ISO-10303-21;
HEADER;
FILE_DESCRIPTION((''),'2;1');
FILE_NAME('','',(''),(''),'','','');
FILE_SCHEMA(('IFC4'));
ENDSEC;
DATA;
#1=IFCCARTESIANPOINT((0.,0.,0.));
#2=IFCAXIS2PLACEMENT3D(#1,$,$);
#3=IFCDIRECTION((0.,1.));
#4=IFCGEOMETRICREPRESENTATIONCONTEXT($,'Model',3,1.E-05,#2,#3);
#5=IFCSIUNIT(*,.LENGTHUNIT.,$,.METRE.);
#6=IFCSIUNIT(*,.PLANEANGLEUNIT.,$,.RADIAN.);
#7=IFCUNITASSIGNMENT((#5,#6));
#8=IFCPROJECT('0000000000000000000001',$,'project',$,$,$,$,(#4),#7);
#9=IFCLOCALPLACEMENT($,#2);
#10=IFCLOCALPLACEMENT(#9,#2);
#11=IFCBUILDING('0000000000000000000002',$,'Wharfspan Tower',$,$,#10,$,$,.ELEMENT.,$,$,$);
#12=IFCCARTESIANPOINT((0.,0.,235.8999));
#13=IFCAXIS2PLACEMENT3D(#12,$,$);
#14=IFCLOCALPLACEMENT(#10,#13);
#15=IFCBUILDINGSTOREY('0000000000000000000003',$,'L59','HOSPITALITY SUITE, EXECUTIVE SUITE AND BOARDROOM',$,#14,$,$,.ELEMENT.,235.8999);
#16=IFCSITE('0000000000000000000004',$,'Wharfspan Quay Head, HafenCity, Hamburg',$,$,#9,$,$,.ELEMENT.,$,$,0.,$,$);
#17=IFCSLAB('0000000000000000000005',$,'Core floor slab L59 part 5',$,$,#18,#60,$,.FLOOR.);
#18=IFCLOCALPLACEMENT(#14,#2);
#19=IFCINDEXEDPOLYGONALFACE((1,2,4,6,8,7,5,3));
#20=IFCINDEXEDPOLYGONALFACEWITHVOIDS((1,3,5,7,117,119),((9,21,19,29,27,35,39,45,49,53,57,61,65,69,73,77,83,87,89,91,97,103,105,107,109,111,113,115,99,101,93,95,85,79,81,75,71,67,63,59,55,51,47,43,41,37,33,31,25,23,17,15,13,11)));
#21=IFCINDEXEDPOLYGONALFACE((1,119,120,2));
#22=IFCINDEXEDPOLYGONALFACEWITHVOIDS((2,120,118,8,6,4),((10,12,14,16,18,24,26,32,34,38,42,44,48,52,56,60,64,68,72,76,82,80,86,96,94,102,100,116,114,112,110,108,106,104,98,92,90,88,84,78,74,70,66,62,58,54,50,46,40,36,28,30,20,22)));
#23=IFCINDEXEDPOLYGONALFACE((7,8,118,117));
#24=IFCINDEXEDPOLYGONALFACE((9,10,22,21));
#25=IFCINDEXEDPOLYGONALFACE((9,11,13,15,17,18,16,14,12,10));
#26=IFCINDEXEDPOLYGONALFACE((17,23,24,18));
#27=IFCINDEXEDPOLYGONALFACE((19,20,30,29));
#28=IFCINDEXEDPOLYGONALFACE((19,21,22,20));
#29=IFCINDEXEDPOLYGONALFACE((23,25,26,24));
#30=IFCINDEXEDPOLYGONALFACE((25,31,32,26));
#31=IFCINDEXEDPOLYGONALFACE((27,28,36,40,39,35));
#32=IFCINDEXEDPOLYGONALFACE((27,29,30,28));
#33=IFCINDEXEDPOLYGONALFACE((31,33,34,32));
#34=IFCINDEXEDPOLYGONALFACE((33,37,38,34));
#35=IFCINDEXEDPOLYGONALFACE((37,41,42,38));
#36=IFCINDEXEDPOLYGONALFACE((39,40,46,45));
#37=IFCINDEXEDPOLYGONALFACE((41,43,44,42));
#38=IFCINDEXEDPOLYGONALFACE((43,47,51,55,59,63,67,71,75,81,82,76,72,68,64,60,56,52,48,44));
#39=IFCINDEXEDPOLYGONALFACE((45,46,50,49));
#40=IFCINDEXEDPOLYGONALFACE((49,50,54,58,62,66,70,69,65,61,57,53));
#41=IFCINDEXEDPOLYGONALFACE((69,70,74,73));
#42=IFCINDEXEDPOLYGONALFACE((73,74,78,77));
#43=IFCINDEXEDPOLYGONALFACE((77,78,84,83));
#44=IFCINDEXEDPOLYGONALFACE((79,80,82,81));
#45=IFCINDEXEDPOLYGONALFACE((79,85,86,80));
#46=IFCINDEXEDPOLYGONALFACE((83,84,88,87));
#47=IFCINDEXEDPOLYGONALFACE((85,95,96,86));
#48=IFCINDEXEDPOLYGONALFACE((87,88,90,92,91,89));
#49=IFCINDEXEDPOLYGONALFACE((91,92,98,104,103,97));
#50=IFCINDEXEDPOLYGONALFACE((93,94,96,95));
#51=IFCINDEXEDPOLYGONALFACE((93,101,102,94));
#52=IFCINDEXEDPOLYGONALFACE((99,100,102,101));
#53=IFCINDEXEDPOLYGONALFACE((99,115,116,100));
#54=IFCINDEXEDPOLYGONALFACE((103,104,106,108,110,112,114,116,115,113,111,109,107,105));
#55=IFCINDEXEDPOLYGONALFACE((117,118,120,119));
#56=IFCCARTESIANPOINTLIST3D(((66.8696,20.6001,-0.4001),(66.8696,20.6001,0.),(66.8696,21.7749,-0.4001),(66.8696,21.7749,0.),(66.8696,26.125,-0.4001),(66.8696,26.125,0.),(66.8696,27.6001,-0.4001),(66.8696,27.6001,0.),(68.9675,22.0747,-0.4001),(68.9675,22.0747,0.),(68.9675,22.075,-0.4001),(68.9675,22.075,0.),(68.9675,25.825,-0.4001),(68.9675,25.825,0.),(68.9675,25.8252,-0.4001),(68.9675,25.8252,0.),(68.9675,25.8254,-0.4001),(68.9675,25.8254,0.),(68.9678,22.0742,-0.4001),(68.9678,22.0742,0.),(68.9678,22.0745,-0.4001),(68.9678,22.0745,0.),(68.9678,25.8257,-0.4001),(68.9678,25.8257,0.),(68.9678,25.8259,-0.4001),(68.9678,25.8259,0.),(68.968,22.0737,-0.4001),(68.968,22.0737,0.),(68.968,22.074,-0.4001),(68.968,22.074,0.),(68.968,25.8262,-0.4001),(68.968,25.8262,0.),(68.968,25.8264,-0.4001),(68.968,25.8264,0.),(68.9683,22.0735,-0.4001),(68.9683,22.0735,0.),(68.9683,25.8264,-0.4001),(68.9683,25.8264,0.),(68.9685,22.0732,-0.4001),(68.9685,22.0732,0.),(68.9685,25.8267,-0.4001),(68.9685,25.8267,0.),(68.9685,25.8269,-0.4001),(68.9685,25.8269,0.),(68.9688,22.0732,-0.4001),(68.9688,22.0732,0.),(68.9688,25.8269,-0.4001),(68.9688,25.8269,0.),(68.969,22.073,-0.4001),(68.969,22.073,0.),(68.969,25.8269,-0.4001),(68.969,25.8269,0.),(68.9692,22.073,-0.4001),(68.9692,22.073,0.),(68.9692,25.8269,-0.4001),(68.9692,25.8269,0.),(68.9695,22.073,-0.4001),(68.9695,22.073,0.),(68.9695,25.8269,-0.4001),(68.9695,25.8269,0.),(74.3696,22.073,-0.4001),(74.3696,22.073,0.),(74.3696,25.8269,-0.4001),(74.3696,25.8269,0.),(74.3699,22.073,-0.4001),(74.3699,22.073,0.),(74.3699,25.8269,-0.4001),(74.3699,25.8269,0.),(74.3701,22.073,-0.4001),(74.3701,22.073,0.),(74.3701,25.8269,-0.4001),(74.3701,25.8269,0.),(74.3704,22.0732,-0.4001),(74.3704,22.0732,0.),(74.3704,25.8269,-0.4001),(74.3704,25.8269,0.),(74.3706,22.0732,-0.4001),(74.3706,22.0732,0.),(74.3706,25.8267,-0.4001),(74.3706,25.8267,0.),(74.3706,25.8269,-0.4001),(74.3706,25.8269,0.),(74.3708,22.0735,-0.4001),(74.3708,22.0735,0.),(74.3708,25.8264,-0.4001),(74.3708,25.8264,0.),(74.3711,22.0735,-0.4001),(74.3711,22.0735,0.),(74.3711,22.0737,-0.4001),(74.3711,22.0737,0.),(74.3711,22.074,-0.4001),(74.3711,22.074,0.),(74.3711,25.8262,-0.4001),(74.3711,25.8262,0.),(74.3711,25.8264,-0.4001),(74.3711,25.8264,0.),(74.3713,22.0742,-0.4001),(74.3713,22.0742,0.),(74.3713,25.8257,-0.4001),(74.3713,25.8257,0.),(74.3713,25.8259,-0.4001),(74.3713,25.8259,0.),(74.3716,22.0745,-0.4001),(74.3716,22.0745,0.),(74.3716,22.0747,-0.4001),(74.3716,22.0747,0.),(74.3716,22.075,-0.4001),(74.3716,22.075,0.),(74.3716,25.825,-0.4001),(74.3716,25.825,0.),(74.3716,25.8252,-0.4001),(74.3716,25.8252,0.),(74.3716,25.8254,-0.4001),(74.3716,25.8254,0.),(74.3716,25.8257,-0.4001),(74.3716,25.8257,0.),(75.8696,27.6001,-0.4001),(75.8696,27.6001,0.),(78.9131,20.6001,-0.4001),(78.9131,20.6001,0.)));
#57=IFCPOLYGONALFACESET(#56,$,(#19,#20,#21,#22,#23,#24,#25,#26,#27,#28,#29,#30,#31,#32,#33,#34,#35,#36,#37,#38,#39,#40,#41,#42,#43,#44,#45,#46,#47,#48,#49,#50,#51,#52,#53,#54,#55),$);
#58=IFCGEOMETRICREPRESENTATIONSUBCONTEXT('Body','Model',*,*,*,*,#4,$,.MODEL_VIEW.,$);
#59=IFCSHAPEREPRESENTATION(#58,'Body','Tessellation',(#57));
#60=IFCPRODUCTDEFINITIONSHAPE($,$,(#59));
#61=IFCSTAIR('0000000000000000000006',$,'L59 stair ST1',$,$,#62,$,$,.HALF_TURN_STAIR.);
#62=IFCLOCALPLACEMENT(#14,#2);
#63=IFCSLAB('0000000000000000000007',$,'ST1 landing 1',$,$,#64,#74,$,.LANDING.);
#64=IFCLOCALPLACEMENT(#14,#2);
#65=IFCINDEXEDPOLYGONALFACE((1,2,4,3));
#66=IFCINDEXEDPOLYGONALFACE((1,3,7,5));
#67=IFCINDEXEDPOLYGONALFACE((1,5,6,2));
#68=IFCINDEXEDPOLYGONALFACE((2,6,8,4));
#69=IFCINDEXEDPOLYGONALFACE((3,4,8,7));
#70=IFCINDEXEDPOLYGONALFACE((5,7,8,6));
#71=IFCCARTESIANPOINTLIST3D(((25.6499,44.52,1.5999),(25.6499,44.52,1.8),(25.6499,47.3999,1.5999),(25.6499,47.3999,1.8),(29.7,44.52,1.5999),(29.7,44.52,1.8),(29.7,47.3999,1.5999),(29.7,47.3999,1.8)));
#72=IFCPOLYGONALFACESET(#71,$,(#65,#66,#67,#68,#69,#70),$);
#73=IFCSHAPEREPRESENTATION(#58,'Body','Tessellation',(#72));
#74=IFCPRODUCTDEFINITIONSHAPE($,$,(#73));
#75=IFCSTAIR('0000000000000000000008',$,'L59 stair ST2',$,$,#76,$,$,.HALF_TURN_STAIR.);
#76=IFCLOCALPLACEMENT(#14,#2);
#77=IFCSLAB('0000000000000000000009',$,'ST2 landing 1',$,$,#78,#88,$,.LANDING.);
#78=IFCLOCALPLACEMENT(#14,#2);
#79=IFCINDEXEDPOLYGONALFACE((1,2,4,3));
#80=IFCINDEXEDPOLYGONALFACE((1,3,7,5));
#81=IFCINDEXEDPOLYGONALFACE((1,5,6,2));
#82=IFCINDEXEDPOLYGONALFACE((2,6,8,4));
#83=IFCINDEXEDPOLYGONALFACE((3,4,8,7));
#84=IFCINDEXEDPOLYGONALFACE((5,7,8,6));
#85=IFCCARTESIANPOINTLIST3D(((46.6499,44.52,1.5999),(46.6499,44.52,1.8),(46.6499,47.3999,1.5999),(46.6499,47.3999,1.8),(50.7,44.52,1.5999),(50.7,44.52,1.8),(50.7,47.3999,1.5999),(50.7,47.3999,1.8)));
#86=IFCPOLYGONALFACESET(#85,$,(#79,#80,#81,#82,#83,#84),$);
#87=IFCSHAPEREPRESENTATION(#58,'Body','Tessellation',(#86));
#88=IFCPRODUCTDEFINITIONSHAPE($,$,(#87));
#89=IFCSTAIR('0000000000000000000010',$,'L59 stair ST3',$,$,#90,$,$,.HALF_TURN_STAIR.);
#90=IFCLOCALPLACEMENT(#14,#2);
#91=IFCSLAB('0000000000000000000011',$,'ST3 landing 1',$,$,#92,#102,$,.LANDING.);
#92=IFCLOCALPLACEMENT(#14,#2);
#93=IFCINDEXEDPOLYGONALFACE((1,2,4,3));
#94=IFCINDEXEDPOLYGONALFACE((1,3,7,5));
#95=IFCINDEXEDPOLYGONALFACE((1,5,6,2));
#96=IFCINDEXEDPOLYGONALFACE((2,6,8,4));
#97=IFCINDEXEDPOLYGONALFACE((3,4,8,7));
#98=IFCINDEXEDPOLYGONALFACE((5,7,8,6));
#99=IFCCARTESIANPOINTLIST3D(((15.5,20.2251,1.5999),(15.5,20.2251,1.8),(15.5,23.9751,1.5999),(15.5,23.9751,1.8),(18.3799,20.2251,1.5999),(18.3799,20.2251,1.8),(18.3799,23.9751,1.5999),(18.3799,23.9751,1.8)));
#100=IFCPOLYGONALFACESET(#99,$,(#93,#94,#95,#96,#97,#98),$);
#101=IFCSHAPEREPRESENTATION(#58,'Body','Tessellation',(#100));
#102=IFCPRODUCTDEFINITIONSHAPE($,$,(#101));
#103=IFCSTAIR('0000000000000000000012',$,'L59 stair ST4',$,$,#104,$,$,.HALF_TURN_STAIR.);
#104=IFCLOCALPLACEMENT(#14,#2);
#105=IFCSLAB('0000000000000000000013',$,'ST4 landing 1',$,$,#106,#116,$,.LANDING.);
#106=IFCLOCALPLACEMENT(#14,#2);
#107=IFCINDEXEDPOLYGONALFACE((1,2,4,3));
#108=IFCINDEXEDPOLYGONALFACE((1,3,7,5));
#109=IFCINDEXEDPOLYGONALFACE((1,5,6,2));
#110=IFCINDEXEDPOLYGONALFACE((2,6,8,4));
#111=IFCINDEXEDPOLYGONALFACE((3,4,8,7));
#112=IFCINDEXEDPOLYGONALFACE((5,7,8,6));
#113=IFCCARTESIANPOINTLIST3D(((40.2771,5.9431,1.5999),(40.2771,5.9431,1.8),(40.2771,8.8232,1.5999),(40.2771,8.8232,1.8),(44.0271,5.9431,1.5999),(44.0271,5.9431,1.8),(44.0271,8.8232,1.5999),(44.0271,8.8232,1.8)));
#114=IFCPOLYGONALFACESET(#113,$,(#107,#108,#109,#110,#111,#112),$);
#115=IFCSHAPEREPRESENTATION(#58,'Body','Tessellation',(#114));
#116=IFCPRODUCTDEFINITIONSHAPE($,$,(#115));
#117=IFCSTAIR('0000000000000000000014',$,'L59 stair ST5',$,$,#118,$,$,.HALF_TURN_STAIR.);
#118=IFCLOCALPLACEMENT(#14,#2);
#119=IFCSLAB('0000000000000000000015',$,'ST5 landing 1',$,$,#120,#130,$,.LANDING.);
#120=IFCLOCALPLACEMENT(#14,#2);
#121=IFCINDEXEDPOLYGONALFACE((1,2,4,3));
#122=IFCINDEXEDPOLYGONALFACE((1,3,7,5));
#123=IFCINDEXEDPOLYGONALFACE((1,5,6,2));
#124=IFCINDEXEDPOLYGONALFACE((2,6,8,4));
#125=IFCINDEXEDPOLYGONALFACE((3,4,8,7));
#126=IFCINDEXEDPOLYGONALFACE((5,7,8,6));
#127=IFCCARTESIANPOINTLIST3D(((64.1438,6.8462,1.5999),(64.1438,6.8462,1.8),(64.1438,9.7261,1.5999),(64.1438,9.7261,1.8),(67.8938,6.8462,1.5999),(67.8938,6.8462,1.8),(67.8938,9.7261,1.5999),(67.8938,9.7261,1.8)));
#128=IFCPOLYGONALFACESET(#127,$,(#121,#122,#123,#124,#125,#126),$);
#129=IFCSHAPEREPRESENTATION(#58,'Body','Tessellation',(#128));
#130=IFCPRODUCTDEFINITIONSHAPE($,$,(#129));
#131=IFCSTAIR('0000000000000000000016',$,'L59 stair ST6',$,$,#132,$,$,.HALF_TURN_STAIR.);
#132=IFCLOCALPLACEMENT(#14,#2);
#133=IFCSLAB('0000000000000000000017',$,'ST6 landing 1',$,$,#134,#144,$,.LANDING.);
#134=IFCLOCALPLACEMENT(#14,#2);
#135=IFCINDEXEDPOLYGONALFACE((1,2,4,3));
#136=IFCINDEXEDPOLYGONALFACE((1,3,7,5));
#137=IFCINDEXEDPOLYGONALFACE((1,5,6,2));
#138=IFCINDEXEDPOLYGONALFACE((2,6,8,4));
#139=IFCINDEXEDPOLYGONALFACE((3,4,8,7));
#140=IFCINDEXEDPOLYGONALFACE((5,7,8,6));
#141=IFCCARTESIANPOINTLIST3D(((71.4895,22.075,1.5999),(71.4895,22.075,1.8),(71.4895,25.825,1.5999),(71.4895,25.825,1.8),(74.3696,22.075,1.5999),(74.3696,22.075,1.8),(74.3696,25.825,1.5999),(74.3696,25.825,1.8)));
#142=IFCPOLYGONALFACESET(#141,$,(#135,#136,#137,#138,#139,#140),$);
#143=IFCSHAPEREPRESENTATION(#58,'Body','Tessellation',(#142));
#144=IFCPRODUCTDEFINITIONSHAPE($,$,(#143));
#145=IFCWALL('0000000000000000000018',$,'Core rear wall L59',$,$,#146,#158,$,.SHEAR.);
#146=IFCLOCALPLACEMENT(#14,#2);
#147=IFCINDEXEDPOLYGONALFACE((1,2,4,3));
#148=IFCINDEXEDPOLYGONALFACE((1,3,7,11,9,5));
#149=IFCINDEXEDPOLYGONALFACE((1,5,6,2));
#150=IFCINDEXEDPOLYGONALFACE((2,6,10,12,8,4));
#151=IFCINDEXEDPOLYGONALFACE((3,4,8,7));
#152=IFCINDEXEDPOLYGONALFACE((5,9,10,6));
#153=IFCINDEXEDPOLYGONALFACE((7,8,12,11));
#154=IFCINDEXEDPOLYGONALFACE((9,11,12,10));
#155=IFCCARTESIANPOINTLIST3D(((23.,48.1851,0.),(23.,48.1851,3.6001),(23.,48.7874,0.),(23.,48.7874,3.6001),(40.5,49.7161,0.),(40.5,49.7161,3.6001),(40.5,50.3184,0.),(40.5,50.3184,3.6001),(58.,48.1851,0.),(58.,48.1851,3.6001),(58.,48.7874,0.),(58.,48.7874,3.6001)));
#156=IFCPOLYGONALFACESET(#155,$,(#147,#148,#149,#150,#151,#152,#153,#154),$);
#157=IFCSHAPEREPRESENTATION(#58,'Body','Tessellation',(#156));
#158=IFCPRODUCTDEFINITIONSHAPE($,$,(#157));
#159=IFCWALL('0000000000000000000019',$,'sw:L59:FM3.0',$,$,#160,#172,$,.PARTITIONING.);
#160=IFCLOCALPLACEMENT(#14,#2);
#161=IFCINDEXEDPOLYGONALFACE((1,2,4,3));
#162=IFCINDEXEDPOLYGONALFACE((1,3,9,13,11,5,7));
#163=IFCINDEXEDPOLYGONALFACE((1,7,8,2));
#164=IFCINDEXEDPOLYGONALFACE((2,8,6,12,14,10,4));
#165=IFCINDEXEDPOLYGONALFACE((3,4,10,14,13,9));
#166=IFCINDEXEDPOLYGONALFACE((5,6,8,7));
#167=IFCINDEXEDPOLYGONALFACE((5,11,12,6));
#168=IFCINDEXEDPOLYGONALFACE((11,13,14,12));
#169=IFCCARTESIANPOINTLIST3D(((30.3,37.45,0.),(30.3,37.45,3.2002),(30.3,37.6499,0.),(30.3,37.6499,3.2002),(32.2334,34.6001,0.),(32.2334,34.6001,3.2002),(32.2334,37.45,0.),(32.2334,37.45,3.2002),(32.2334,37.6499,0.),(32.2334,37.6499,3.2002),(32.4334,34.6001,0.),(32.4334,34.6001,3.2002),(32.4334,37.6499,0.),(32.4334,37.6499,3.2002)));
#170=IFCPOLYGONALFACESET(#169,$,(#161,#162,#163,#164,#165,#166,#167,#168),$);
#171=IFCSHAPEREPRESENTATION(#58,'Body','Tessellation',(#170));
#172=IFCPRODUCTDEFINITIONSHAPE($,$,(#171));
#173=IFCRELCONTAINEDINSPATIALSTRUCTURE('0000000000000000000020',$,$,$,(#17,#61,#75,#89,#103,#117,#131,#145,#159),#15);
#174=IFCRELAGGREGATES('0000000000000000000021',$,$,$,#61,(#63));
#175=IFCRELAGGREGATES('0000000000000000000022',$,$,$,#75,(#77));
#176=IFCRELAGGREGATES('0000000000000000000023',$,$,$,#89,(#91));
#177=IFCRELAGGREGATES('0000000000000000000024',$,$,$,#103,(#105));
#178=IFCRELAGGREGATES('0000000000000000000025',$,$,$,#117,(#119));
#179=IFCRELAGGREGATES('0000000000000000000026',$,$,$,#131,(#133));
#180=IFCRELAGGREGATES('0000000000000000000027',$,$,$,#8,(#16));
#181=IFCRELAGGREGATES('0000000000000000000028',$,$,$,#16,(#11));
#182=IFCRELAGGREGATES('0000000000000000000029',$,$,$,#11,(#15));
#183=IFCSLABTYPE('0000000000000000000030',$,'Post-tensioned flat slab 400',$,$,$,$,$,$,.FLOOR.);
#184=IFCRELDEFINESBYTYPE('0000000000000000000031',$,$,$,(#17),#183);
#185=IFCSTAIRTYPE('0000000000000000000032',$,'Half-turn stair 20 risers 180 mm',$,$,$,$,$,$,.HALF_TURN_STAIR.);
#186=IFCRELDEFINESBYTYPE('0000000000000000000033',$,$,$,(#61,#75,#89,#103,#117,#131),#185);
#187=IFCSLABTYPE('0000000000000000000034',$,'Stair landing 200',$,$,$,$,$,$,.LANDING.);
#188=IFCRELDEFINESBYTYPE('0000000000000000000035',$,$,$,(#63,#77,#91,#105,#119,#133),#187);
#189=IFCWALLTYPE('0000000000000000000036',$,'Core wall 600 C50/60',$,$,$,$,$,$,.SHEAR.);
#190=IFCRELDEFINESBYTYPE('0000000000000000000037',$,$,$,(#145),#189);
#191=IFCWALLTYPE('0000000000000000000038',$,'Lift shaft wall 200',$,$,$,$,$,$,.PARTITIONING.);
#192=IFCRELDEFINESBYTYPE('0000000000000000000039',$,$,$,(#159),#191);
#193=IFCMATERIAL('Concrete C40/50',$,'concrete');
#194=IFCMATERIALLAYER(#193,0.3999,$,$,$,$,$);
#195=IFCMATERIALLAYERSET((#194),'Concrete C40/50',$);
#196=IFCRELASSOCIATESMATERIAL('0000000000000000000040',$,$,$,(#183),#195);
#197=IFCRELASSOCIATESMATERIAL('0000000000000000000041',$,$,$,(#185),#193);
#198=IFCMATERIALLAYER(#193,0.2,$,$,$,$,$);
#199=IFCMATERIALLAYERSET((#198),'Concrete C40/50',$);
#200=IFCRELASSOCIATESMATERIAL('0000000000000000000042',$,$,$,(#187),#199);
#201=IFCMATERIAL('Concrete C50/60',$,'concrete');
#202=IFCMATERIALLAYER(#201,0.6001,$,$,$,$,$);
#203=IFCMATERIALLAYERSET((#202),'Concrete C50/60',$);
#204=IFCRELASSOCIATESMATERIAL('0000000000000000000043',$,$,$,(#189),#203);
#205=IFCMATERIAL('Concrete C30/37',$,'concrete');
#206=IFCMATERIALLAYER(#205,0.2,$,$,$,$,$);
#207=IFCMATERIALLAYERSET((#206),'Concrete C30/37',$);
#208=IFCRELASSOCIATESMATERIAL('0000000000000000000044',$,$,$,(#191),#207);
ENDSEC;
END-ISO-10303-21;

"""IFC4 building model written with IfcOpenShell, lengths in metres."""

from ifc_helpers import new_model, si_unit, direction, frame, origin, place, context, subcontext, project, spatial, polyline, outline, extrude, material, layer, layer_set, type_object, element, aggregate, save


model = new_model("IFC4")

# Units and contexts
model_context = context("Model", 3, precision=1e-05, world=origin(), true_north=direction((0.0, 1.0)))
body_context = subcontext(model_context, "Body", "Model", "MODEL_VIEW")
ifc_project = project(units=[si_unit("LENGTHUNIT", "METRE"), si_unit("PLANEANGLEUNIT", "RADIAN")], contexts=[model_context])

# Site, building, storey
site_placement = place(None, origin())
site = spatial("IfcSite", under=ifc_project, at=site_placement, Name="Wharfspan Quay Head, HafenCity, Hamburg", CompositionType="ELEMENT", RefElevation=0.0)
building_placement = place(site_placement, origin())
building = spatial("IfcBuilding", under=site, at=building_placement, Name="Wharfspan Tower", CompositionType="ELEMENT")
storey_placement = place(building_placement, frame((0.0, 0.0, 235.8999)))
storey = spatial("IfcBuildingStorey", under=building, at=storey_placement, Name="L59", Description="HOSPITALITY SUITE, EXECUTIVE SUITE AND BOARDROOM", CompositionType="ELEMENT", Elevation=235.8999)

# Slab
ifc_material_1 = material(Name="Concrete C40/50", Category="concrete")
ifc_layer_1 = layer(ifc_material_1, 0.3999)
ifc_layer_set_1 = layer_set([ifc_layer_1], Name="Concrete C40/50")
slab_type_1 = type_object("IfcSlabType", Name="Post-tensioned flat slab 400", PredefinedType="FLOOR", material=ifc_layer_set_1)
slab_1_placement = place(storey_placement, frame((0.0, 0.0, -0.4001)))
element("IfcSlab", 1, at=slab_1_placement, inside=storey, type_object=slab_type_1, Name="Core floor slab L59 part 5", PredefinedType="FLOOR", context=body_context, shape_type="SweptSolid", body=[
    extrude(outline(polyline([(75.8696, 27.6001), (66.8696, 27.6001), (66.8696, 26.125), (66.8696, 21.7749), (66.8696, 20.6001), (78.9131, 20.6001), (75.8696, 27.6001)]), holes=[polyline([(68.9675, 25.825), (68.9675, 25.8252), (68.9675, 25.8254), (68.9678, 25.8257), (68.9678, 25.8257), (68.9678, 25.8259), (68.968, 25.8262), (68.968, 25.8264), (68.9683, 25.8264), (68.9683, 25.8264), (68.9685, 25.8267), (68.9685, 25.8269), (68.9688, 25.8269), (68.969, 25.8269), (68.9692, 25.8269), (68.9695, 25.8269), (68.9695, 25.8269), (74.3696, 25.8269), (74.3699, 25.8269), (74.3701, 25.8269), (74.3701, 25.8269), (74.3704, 25.8269), (74.3706, 25.8269), (74.3706, 25.8267), (74.3709, 25.8264), (74.3711, 25.8264), (74.3711, 25.8264), (74.3711, 25.8262), (74.3713, 25.8259), (74.3713, 25.8257), (74.3716, 25.8257), (74.3716, 25.8254), (74.3716, 25.8252), (74.3716, 25.825), (74.3716, 22.075), (74.3716, 22.0747), (74.3716, 22.0747), (74.3716, 22.0745), (74.3713, 22.0742), (74.3713, 22.0742), (74.3711, 22.074), (74.3711, 22.0737), (74.3711, 22.0735), (74.3709, 22.0735), (74.3706, 22.0732), (74.3706, 22.0732), (74.3704, 22.0732), (74.3701, 22.073), (74.3701, 22.073), (74.3699, 22.073), (74.3696, 22.073), (68.9695, 22.073), (68.9695, 22.073), (68.9692, 22.073), (68.969, 22.073), (68.9688, 22.0732), (68.9685, 22.0732), (68.9685, 22.0732), (68.9683, 22.0735), (68.9683, 22.0735), (68.968, 22.0737), (68.968, 22.074), (68.9678, 22.0742), (68.9678, 22.0742), (68.9678, 22.0745), (68.9675, 22.0747), (68.9675, 22.0747), (68.9675, 22.075), (68.9675, 25.825)])]), origin(), (0.0, 0.0, 1.0), 0.4001),
])

# Stairs, slabs
stair_type = type_object("IfcStairType", Name="Half-turn stair 20 risers 180 mm", PredefinedType="HALF_TURN_STAIR", material=ifc_material_1)
stair_1_placement = place(storey_placement, origin())
stair_1 = element("IfcStair", 2, at=stair_1_placement, inside=storey, type_object=stair_type, Name="L59 stair ST1", PredefinedType="HALF_TURN_STAIR")
ifc_layer_2 = layer(ifc_material_1, 0.2)
ifc_layer_set_2 = layer_set([ifc_layer_2], Name="Concrete C40/50")
slab_type_2 = type_object("IfcSlabType", Name="Stair landing 200", PredefinedType="LANDING", material=ifc_layer_set_2)
slab_2_placement = place(storey_placement, frame((0.0, 0.0, 1.5999)))
slab_2 = element("IfcSlab", 3, at=slab_2_placement, type_object=slab_type_2, Name="ST1 landing 1", PredefinedType="LANDING", context=body_context, shape_type="SweptSolid", body=[
    extrude(outline(polyline([(25.6499, 44.52), (29.7, 44.52), (29.7, 47.3999), (25.6499, 47.3999), (25.6499, 44.52)])), origin(), (0.0, 0.0, 1.0), 0.2002),
])
aggregate(stair_1, [slab_2])
stair_2_placement = place(storey_placement, origin())
stair_2 = element("IfcStair", 4, at=stair_2_placement, inside=storey, type_object=stair_type, Name="L59 stair ST2", PredefinedType="HALF_TURN_STAIR")
slab_3_placement = place(storey_placement, frame((0.0, 0.0, 1.5999)))
slab_3 = element("IfcSlab", 5, at=slab_3_placement, type_object=slab_type_2, Name="ST2 landing 1", PredefinedType="LANDING", context=body_context, shape_type="SweptSolid", body=[
    extrude(outline(polyline([(46.6499, 44.52), (50.7, 44.52), (50.7, 47.3999), (46.6499, 47.3999), (46.6499, 44.52)])), origin(), (0.0, 0.0, 1.0), 0.2002),
])
aggregate(stair_2, [slab_3])
stair_3_placement = place(storey_placement, origin())
stair_3 = element("IfcStair", 6, at=stair_3_placement, inside=storey, type_object=stair_type, Name="L59 stair ST3", PredefinedType="HALF_TURN_STAIR")
slab_4_placement = place(storey_placement, frame((0.0, 0.0, 1.5999)))
slab_4 = element("IfcSlab", 7, at=slab_4_placement, type_object=slab_type_2, Name="ST3 landing 1", PredefinedType="LANDING", context=body_context, shape_type="SweptSolid", body=[
    extrude(outline(polyline([(18.3799, 23.9751), (15.5, 23.9751), (15.5, 20.2251), (18.3799, 20.2251), (18.3799, 23.9751)])), origin(), (0.0, 0.0, 1.0), 0.2002),
])
aggregate(stair_3, [slab_4])
stair_4_placement = place(storey_placement, origin())
stair_4 = element("IfcStair", 8, at=stair_4_placement, inside=storey, type_object=stair_type, Name="L59 stair ST4", PredefinedType="HALF_TURN_STAIR")
slab_5_placement = place(storey_placement, frame((0.0, 0.0, 1.5999)))
slab_5 = element("IfcSlab", 9, at=slab_5_placement, type_object=slab_type_2, Name="ST4 landing 1", PredefinedType="LANDING", context=body_context, shape_type="SweptSolid", body=[
    extrude(outline(polyline([(40.2771, 8.8232), (40.2771, 5.9431), (44.0271, 5.9431), (44.0271, 8.8232), (40.2771, 8.8232)])), origin(), (0.0, 0.0, 1.0), 0.2002),
])
aggregate(stair_4, [slab_5])
stair_5_placement = place(storey_placement, origin())
stair_5 = element("IfcStair", 10, at=stair_5_placement, inside=storey, type_object=stair_type, Name="L59 stair ST5", PredefinedType="HALF_TURN_STAIR")
slab_6_placement = place(storey_placement, frame((0.0, 0.0, 1.5999)))
slab_6 = element("IfcSlab", 11, at=slab_6_placement, type_object=slab_type_2, Name="ST5 landing 1", PredefinedType="LANDING", context=body_context, shape_type="SweptSolid", body=[
    extrude(outline(polyline([(64.1438, 9.7261), (64.1438, 6.8462), (67.8938, 6.8462), (67.8938, 9.7261), (64.1438, 9.7261)])), origin(), (0.0, 0.0, 1.0), 0.2002),
])
aggregate(stair_5, [slab_6])
stair_6_placement = place(storey_placement, origin())
stair_6 = element("IfcStair", 12, at=stair_6_placement, inside=storey, type_object=stair_type, Name="L59 stair ST6", PredefinedType="HALF_TURN_STAIR")
slab_7_placement = place(storey_placement, frame((0.0, 0.0, 1.5999)))
slab_7 = element("IfcSlab", 13, at=slab_7_placement, type_object=slab_type_2, Name="ST6 landing 1", PredefinedType="LANDING", context=body_context, shape_type="SweptSolid", body=[
    extrude(outline(polyline([(71.4895, 22.075), (74.3696, 22.075), (74.3696, 25.825), (71.4895, 25.825), (71.4895, 22.075)])), origin(), (0.0, 0.0, 1.0), 0.2002),
])
aggregate(stair_6, [slab_7])

# Walls
ifc_material_2 = material(Name="Concrete C50/60", Category="concrete")
ifc_layer_3 = layer(ifc_material_2, 0.6001)
ifc_layer_set_3 = layer_set([ifc_layer_3], Name="Concrete C50/60")
wall_type_1 = type_object("IfcWallType", Name="Core wall 600 C50/60", PredefinedType="SHEAR", material=ifc_layer_set_3)
wall_1_placement = place(storey_placement, origin())
element("IfcWall", 14, at=wall_1_placement, inside=storey, type_object=wall_type_1, Name="Core rear wall L59", PredefinedType="SHEAR", context=body_context, shape_type="SweptSolid", body=[
    extrude(outline(polyline([(23.0, 48.1851), (40.5, 49.7161), (58.0, 48.1851), (58.0, 48.7874), (40.5, 50.3184), (23.0, 48.7874), (23.0, 48.1851)])), origin(), (0.0, 0.0, 1.0), 3.6001),
])
ifc_material_3 = material(Name="Concrete C30/37", Category="concrete")
ifc_layer_4 = layer(ifc_material_3, 0.2)
ifc_layer_set_4 = layer_set([ifc_layer_4], Name="Concrete C30/37")
wall_type_2 = type_object("IfcWallType", Name="Lift shaft wall 200", PredefinedType="PARTITIONING", material=ifc_layer_set_4)
wall_2_placement = place(storey_placement, origin())
element("IfcWall", 15, at=wall_2_placement, inside=storey, type_object=wall_type_2, Name="sw:L59:FM3.0", PredefinedType="PARTITIONING", context=body_context, shape_type="SweptSolid", body=[
    extrude(outline(polyline([(32.2334, 37.45), (30.3, 37.45), (30.3, 37.6499), (32.2334, 37.6499), (32.4333, 37.6499), (32.4333, 34.6001), (32.2334, 34.6001), (32.2334, 37.45)])), origin(), (0.0, 0.0, 1.0), 3.2002),
])

save(model, "model.ifc")
